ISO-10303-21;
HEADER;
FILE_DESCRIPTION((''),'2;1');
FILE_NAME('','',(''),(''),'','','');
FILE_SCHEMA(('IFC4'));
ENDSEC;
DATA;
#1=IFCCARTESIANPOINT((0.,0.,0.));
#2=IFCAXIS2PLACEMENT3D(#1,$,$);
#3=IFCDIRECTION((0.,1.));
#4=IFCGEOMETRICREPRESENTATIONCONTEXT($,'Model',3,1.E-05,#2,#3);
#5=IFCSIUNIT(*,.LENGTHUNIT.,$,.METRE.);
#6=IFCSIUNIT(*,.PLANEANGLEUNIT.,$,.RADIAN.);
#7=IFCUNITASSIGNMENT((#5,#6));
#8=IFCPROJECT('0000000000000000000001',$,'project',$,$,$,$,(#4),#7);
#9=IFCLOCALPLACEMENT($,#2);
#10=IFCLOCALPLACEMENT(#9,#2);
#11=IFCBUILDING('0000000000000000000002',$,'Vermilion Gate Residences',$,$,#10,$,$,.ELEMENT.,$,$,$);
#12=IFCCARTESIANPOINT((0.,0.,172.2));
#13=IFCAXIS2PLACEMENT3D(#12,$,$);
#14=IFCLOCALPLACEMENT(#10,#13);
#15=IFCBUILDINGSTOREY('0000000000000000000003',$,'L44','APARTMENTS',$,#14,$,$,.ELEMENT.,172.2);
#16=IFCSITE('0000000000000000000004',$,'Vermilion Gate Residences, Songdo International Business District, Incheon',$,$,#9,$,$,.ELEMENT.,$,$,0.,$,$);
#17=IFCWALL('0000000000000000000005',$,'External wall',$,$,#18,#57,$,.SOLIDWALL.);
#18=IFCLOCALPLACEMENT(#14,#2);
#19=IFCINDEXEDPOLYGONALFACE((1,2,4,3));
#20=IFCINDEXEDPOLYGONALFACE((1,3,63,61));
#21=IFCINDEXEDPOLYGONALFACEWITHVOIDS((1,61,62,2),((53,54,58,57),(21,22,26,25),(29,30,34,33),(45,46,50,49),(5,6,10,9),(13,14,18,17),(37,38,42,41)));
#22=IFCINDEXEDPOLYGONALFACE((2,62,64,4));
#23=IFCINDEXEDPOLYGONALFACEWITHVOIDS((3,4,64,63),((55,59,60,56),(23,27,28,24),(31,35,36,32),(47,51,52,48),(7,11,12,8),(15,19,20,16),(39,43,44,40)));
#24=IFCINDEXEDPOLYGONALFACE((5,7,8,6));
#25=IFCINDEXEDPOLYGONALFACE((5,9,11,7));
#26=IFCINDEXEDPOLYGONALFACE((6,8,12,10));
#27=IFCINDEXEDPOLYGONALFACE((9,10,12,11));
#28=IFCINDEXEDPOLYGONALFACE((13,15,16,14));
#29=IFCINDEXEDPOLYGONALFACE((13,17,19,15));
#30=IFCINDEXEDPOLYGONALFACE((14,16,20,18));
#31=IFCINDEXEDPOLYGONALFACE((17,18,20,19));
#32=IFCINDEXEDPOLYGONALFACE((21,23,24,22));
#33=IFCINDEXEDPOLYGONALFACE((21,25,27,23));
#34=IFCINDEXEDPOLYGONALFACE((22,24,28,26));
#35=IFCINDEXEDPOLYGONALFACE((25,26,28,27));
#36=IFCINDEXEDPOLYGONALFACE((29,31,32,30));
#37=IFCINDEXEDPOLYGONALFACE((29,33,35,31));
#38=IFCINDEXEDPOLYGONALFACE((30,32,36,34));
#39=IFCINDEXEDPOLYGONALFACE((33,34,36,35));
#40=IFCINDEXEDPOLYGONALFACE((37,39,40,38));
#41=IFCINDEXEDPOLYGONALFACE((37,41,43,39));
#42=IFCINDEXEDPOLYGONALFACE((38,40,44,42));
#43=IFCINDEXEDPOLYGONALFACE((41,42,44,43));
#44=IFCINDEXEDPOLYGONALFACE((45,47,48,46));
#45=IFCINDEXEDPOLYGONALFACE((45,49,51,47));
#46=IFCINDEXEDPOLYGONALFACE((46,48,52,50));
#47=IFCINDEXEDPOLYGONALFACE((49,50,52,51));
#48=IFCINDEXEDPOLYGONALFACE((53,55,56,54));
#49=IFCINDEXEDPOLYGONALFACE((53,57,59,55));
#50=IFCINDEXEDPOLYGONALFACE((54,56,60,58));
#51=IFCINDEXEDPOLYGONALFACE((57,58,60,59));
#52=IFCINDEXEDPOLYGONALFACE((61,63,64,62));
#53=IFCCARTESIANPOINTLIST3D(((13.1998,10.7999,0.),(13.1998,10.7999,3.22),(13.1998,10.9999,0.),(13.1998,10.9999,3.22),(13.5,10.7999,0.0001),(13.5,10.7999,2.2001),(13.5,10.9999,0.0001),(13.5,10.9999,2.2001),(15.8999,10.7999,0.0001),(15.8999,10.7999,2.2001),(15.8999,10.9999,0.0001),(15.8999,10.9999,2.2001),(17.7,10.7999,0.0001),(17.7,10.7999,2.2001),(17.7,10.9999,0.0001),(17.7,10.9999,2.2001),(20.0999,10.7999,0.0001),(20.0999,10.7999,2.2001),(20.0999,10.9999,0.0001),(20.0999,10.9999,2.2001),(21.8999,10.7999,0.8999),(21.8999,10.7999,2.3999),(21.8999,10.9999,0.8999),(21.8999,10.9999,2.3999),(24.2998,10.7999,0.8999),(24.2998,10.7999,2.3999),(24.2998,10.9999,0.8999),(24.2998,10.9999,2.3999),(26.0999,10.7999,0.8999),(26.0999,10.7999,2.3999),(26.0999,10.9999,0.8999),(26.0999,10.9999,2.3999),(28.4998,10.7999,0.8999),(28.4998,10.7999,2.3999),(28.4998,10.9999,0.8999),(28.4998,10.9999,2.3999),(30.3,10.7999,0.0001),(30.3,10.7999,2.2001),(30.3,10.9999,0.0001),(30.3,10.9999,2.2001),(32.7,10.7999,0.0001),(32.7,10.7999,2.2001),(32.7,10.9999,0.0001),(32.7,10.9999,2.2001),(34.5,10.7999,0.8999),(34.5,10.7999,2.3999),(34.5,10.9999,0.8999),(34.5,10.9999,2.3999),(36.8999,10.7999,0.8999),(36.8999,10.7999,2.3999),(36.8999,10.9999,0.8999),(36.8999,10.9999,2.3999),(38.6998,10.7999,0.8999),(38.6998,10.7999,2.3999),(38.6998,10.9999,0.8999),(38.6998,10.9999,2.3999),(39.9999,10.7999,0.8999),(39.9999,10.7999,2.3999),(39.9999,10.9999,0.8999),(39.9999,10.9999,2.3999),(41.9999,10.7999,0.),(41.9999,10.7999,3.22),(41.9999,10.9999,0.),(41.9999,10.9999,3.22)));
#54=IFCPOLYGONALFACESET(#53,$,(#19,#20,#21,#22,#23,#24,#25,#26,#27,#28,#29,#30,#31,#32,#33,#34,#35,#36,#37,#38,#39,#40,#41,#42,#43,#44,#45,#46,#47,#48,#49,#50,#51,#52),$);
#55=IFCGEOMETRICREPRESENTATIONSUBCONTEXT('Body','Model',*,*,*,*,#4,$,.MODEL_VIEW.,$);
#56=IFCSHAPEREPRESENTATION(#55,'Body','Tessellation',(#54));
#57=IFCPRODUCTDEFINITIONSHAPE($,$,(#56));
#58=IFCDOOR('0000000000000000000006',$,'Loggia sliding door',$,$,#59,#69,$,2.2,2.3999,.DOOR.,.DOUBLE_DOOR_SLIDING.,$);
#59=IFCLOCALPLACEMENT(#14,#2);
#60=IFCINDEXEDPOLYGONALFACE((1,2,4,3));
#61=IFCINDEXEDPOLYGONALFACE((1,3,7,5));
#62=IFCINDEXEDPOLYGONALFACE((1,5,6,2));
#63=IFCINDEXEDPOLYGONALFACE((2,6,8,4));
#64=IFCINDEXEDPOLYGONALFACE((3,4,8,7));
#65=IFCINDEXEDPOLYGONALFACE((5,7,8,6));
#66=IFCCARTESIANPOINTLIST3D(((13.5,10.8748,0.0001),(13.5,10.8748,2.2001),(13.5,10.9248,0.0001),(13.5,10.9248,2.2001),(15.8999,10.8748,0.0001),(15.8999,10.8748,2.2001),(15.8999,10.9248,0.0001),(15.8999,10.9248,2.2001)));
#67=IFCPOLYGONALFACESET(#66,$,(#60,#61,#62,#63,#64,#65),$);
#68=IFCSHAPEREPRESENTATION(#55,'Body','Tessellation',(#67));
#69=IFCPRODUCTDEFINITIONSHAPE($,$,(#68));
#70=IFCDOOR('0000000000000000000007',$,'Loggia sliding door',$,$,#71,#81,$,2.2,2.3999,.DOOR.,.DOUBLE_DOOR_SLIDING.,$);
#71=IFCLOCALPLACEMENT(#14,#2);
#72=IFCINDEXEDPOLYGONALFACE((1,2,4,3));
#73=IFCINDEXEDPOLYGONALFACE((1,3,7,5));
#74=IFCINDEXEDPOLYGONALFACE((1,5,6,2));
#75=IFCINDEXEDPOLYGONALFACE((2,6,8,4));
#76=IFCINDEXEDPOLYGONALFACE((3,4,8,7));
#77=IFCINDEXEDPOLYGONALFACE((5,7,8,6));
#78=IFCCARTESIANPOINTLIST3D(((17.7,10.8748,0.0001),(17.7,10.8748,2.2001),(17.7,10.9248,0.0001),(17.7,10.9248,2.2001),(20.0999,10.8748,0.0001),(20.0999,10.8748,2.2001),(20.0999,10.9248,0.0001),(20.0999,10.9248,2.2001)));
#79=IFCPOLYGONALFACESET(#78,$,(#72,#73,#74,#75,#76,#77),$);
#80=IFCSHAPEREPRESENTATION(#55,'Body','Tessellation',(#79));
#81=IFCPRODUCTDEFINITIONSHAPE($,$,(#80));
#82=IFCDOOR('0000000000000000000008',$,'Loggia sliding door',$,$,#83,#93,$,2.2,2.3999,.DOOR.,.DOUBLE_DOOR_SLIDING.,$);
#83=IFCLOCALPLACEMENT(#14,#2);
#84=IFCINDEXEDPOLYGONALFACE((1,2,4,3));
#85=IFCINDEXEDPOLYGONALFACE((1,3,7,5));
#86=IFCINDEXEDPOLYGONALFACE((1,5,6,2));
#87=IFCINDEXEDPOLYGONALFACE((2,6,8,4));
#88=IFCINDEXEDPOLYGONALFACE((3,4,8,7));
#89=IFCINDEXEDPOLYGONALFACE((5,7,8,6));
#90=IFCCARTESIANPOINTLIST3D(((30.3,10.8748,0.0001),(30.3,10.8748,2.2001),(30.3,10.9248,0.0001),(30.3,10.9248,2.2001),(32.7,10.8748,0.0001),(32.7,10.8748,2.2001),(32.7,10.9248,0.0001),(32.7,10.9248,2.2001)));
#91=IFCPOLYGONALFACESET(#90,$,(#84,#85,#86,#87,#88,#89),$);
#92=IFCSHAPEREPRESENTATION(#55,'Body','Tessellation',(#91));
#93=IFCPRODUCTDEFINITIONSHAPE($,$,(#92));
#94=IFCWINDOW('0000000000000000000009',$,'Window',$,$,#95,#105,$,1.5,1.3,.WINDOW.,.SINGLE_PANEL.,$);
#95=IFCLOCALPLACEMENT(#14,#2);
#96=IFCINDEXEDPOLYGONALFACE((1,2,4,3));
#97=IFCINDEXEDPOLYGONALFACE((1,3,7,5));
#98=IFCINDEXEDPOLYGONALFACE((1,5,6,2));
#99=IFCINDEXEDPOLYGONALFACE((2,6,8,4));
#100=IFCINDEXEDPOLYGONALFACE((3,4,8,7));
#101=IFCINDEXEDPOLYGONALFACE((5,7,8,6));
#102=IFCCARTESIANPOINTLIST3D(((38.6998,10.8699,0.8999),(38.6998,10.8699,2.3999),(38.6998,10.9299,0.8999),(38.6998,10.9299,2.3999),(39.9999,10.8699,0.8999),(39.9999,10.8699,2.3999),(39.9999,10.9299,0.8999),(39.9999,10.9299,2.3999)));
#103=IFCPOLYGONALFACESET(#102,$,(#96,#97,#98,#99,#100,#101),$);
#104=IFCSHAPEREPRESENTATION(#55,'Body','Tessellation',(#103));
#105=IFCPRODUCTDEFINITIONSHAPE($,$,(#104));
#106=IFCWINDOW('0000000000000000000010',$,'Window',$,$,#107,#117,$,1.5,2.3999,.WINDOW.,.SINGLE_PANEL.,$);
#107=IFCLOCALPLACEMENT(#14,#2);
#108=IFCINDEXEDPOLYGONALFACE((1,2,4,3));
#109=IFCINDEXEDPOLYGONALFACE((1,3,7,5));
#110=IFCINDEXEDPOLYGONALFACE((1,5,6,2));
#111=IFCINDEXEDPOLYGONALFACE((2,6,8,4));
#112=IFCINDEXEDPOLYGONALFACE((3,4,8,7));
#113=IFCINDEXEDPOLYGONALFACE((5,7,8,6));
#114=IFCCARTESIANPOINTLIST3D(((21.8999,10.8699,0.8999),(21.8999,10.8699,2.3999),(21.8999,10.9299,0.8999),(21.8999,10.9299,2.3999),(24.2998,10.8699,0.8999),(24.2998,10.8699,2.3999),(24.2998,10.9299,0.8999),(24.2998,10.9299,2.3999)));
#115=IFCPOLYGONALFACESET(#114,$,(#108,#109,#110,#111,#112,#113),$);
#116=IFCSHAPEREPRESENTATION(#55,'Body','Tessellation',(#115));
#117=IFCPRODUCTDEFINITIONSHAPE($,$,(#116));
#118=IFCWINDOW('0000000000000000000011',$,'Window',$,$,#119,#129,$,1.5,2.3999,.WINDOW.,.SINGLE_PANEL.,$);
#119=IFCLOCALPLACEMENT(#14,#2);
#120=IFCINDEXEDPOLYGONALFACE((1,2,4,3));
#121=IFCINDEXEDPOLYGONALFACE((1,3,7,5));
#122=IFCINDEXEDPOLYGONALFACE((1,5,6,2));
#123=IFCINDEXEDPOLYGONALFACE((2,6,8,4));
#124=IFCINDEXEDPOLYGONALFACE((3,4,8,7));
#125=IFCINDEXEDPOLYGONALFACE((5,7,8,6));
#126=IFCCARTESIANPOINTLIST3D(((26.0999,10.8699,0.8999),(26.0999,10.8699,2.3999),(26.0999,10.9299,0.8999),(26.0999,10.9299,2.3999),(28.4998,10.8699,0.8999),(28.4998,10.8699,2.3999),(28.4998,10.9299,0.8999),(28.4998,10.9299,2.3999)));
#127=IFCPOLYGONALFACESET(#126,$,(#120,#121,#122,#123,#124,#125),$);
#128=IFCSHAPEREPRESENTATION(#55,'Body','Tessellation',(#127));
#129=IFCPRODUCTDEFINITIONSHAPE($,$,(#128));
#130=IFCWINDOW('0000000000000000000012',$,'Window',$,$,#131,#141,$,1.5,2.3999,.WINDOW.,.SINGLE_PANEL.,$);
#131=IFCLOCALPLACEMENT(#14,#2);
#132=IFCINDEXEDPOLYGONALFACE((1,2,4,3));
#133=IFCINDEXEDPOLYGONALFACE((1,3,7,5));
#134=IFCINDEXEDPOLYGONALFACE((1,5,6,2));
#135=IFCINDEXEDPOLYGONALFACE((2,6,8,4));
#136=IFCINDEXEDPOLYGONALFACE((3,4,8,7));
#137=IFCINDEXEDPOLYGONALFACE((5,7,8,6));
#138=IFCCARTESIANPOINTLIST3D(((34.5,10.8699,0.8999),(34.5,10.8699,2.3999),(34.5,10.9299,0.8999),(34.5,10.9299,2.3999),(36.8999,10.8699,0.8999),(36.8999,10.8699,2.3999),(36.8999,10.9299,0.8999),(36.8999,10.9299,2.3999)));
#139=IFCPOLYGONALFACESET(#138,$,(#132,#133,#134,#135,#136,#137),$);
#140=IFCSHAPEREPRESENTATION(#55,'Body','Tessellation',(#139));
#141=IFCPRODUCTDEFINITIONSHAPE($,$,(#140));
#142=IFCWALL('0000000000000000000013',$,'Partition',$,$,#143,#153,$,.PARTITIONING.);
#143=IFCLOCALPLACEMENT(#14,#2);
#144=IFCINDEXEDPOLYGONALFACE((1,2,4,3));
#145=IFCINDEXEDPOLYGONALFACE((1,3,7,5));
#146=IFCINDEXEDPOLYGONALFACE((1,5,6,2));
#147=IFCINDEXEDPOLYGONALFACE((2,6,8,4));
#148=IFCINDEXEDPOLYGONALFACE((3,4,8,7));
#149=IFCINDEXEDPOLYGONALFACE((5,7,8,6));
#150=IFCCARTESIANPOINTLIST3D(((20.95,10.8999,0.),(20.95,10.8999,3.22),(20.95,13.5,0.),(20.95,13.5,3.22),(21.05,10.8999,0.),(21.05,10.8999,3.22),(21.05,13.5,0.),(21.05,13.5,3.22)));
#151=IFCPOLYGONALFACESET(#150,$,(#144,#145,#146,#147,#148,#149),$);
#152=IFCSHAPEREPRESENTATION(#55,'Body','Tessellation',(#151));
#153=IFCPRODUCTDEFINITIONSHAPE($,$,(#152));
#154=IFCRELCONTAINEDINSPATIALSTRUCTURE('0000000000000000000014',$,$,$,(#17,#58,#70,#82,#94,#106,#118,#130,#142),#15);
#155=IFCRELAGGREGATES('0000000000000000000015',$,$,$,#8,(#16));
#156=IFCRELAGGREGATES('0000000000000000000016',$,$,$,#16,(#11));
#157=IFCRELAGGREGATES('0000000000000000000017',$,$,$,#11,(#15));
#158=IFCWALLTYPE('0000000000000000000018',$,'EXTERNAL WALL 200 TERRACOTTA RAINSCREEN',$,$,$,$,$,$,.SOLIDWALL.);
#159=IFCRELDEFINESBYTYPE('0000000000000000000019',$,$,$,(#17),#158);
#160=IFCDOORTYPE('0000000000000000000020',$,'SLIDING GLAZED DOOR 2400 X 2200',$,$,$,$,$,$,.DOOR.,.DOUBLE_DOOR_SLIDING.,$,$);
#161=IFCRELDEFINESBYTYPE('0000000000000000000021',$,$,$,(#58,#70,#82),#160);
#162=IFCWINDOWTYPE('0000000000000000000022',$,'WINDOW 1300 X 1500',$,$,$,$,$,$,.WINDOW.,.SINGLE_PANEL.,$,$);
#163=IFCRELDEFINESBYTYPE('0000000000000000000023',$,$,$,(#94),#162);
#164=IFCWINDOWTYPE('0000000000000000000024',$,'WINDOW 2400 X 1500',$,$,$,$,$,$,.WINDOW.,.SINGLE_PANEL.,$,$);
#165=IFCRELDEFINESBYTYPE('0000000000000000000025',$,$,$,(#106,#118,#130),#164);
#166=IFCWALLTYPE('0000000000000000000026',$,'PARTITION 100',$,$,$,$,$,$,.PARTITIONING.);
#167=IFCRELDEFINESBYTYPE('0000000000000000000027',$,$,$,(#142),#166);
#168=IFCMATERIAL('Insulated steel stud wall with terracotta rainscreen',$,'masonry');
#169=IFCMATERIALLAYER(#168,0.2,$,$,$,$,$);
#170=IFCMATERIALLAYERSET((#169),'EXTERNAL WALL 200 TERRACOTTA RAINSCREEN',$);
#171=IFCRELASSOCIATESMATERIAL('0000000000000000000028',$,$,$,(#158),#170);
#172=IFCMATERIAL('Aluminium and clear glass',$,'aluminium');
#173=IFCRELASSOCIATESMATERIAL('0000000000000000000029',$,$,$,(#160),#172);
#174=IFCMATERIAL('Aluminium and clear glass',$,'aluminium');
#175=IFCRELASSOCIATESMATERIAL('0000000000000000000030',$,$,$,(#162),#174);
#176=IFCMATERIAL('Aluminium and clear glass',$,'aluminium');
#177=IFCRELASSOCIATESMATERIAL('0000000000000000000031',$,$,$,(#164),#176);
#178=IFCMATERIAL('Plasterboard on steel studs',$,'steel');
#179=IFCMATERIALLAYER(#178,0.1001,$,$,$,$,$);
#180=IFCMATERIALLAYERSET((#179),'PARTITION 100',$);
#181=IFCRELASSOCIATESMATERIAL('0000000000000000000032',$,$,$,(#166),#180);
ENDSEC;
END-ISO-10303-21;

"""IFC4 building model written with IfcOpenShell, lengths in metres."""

from ifc_helpers import new_model, si_unit, direction, frame, frame_2d, origin, place, context, subcontext, project, spatial, rectangle, extrude, material, layer, layer_set, type_object, element, fill, save


model = new_model("IFC4")

# Units and contexts
model_context = context("Model", 3, precision=1e-05, world=origin(), true_north=direction((0.0, 1.0)))
body_context = subcontext(model_context, "Body", "Model", "MODEL_VIEW")
ifc_project = project(units=[si_unit("LENGTHUNIT", "METRE"), si_unit("PLANEANGLEUNIT", "RADIAN")], contexts=[model_context])

# Site, building, storey
site_placement = place(None, origin())
site = spatial("IfcSite", under=ifc_project, at=site_placement, Name="Vermilion Gate Residences, Songdo International Business District, Incheon", CompositionType="ELEMENT", RefElevation=0.0)
building_placement = place(site_placement, origin())
building = spatial("IfcBuilding", under=site, at=building_placement, Name="Vermilion Gate Residences", CompositionType="ELEMENT")
storey_placement = place(building_placement, frame((0.0, 0.0, 172.2)))
storey = spatial("IfcBuildingStorey", under=building, at=storey_placement, Name="L44", Description="APARTMENTS", CompositionType="ELEMENT", Elevation=172.2)

# Shared definitions
ifc_material_1 = material(Name="Insulated steel stud wall with terracotta rainscreen", Category="masonry")
ifc_layer_1 = layer(ifc_material_1, 0.2)
ifc_layer_set_1 = layer_set([ifc_layer_1], Name="EXTERNAL WALL 200 TERRACOTTA RAINSCREEN")
wall_type_1 = type_object("IfcWallType", Name="EXTERNAL WALL 200 TERRACOTTA RAINSCREEN", PredefinedType="SOLIDWALL", material=ifc_layer_set_1)

# Wall, openings, doors, windows
wall_1_placement = place(storey_placement, frame((13.2, 10.8999, 0.0), z_axis=(0.0, 0.0, 1.0), x_axis=(1.0, 0.0, 0.0)))
wall_1 = element("IfcWall", 1, at=wall_1_placement, inside=storey, type_object=wall_type_1, Name="External wall", PredefinedType="SOLIDWALL", context=body_context, shape_type="SweptSolid", body=[
    extrude(rectangle(XDim=28.8, YDim=0.2, at=frame_2d((14.3999, 0.0))), origin(), (0.0, 0.0, 1.0), 3.22),
])
opening_1_placement = place(wall_1_placement, frame((0.3, 0.0, 0.0)))
opening_1 = element("IfcOpeningElement", 2, at=opening_1_placement, cuts=wall_1, PredefinedType="OPENING", context=body_context, shape_type="SweptSolid", body=[
    extrude(rectangle(XDim=2.3999, YDim=2.2, at=frame_2d((1.2, 1.1001))), frame((0.0, 0.1099, 0.0), z_axis=(0.0, -1.0, 0.0), x_axis=(1.0, 0.0, 0.0)), (0.0, 0.0, 1.0), 0.22),
])
opening_2_placement = place(wall_1_placement, frame((4.5, 0.0, 0.0)))
opening_2 = element("IfcOpeningElement", 3, at=opening_2_placement, cuts=wall_1, PredefinedType="OPENING", context=body_context, shape_type="SweptSolid", body=[
    extrude(rectangle(XDim=2.3999, YDim=2.2, at=frame_2d((1.2, 1.1001))), frame((0.0, 0.1099, 0.0), z_axis=(0.0, -1.0, 0.0), x_axis=(1.0, 0.0, 0.0)), (0.0, 0.0, 1.0), 0.22),
])
opening_3_placement = place(wall_1_placement, frame((8.7, 0.0, 0.8999)))
opening_3 = element("IfcOpeningElement", 4, at=opening_3_placement, cuts=wall_1, PredefinedType="OPENING", context=body_context, shape_type="SweptSolid", body=[
    extrude(rectangle(XDim=2.3999, YDim=1.5, at=frame_2d((1.2, 0.75))), frame((0.0, 0.1099, 0.0), z_axis=(0.0, -1.0, 0.0), x_axis=(1.0, 0.0, 0.0)), (0.0, 0.0, 1.0), 0.22),
])
opening_4_placement = place(wall_1_placement, frame((12.8999, 0.0, 0.8999)))
opening_4 = element("IfcOpeningElement", 5, at=opening_4_placement, cuts=wall_1, PredefinedType="OPENING", context=body_context, shape_type="SweptSolid", body=[
    extrude(rectangle(XDim=2.3999, YDim=1.5, at=frame_2d((1.2, 0.75))), frame((0.0, 0.1099, 0.0), z_axis=(0.0, -1.0, 0.0), x_axis=(1.0, 0.0, 0.0)), (0.0, 0.0, 1.0), 0.22),
])
opening_5_placement = place(wall_1_placement, frame((17.1001, 0.0, 0.0)))
opening_5 = element("IfcOpeningElement", 6, at=opening_5_placement, cuts=wall_1, PredefinedType="OPENING", context=body_context, shape_type="SweptSolid", body=[
    extrude(rectangle(XDim=2.3999, YDim=2.2, at=frame_2d((1.2, 1.1001))), frame((0.0, 0.1099, 0.0), z_axis=(0.0, -1.0, 0.0), x_axis=(1.0, 0.0, 0.0)), (0.0, 0.0, 1.0), 0.22),
])
opening_6_placement = place(wall_1_placement, frame((21.3, 0.0, 0.8999)))
opening_6 = element("IfcOpeningElement", 7, at=opening_6_placement, cuts=wall_1, PredefinedType="OPENING", context=body_context, shape_type="SweptSolid", body=[
    extrude(rectangle(XDim=2.3999, YDim=1.5, at=frame_2d((1.2, 0.75))), frame((0.0, 0.1099, 0.0), z_axis=(0.0, -1.0, 0.0), x_axis=(1.0, 0.0, 0.0)), (0.0, 0.0, 1.0), 0.22),
])
opening_7_placement = place(wall_1_placement, frame((25.5, 0.0, 0.8999)))
opening_7 = element("IfcOpeningElement", 8, at=opening_7_placement, cuts=wall_1, PredefinedType="OPENING", context=body_context, shape_type="SweptSolid", body=[
    extrude(rectangle(XDim=1.3, YDim=1.5, at=frame_2d((0.6499, 0.75))), frame((0.0, 0.1099, 0.0), z_axis=(0.0, -1.0, 0.0), x_axis=(1.0, 0.0, 0.0)), (0.0, 0.0, 1.0), 0.22),
])
ifc_material_2 = material(Name="Aluminium and clear glass", Category="aluminium")
door_type_1 = type_object("IfcDoorType", Name="SLIDING GLAZED DOOR 2400 X 2200", OperationType="DOUBLE_DOOR_SLIDING", PredefinedType="DOOR", material=ifc_material_2)
door_1_placement = place(opening_1_placement, origin())
door_1 = element("IfcDoor", 9, at=door_1_placement, inside=storey, type_object=door_type_1, Name="Loggia sliding door", OperationType="DOUBLE_DOOR_SLIDING", OverallHeight=2.2, OverallWidth=2.3999, PredefinedType="DOOR", context=body_context, shape_type="SweptSolid", body=[
    extrude(rectangle(XDim=2.3999, YDim=2.2, at=frame_2d((1.2, 1.1001))), frame((0.0, 0.0249, 0.0), z_axis=(0.0, -1.0, 0.0), x_axis=(1.0, 0.0, 0.0)), (0.0, 0.0, 1.0), 0.05),
])
fill(opening_1, door_1)
door_2_placement = place(opening_2_placement, origin())
door_2 = element("IfcDoor", 10, at=door_2_placement, inside=storey, type_object=door_type_1, Name="Loggia sliding door", OperationType="DOUBLE_DOOR_SLIDING", OverallHeight=2.2, OverallWidth=2.3999, PredefinedType="DOOR", context=body_context, shape_type="SweptSolid", body=[
    extrude(rectangle(XDim=2.3999, YDim=2.2, at=frame_2d((1.2, 1.1001))), frame((0.0, 0.0249, 0.0), z_axis=(0.0, -1.0, 0.0), x_axis=(1.0, 0.0, 0.0)), (0.0, 0.0, 1.0), 0.05),
])
fill(opening_2, door_2)
door_3_placement = place(opening_5_placement, origin())
door_3 = element("IfcDoor", 11, at=door_3_placement, inside=storey, type_object=door_type_1, Name="Loggia sliding door", OperationType="DOUBLE_DOOR_SLIDING", OverallHeight=2.2, OverallWidth=2.3999, PredefinedType="DOOR", context=body_context, shape_type="SweptSolid", body=[
    extrude(rectangle(XDim=2.3999, YDim=2.2, at=frame_2d((1.2, 1.1001))), frame((0.0, 0.0249, 0.0), z_axis=(0.0, -1.0, 0.0), x_axis=(1.0, 0.0, 0.0)), (0.0, 0.0, 1.0), 0.05),
])
fill(opening_5, door_3)
ifc_material_3 = material(Name="Aluminium and clear glass", Category="aluminium")
window_type_1 = type_object("IfcWindowType", Name="WINDOW 1300 X 1500", PartitioningType="SINGLE_PANEL", PredefinedType="WINDOW", material=ifc_material_3)
window_1_placement = place(opening_7_placement, origin())
window_1 = element("IfcWindow", 12, at=window_1_placement, inside=storey, type_object=window_type_1, Name="Window", OverallHeight=1.5, OverallWidth=1.3, PartitioningType="SINGLE_PANEL", PredefinedType="WINDOW", context=body_context, shape_type="SweptSolid", body=[
    extrude(rectangle(XDim=1.3, YDim=1.5, at=frame_2d((0.6499, 0.75))), frame((0.0, 0.03, 0.0), z_axis=(0.0, -1.0, 0.0), x_axis=(1.0, 0.0, 0.0)), (0.0, 0.0, 1.0), 0.0601),
])
fill(opening_7, window_1)
ifc_material_4 = material(Name="Aluminium and clear glass", Category="aluminium")
window_type_2 = type_object("IfcWindowType", Name="WINDOW 2400 X 1500", PartitioningType="SINGLE_PANEL", PredefinedType="WINDOW", material=ifc_material_4)
window_2_placement = place(opening_3_placement, origin())
window_2 = element("IfcWindow", 13, at=window_2_placement, inside=storey, type_object=window_type_2, Name="Window", OverallHeight=1.5, OverallWidth=2.3999, PartitioningType="SINGLE_PANEL", PredefinedType="WINDOW", context=body_context, shape_type="SweptSolid", body=[
    extrude(rectangle(XDim=2.3999, YDim=1.5, at=frame_2d((1.2, 0.75))), frame((0.0, 0.03, 0.0), z_axis=(0.0, -1.0, 0.0), x_axis=(1.0, 0.0, 0.0)), (0.0, 0.0, 1.0), 0.0601),
])
fill(opening_3, window_2)
window_3_placement = place(opening_4_placement, origin())
window_3 = element("IfcWindow", 14, at=window_3_placement, inside=storey, type_object=window_type_2, Name="Window", OverallHeight=1.5, OverallWidth=2.3999, PartitioningType="SINGLE_PANEL", PredefinedType="WINDOW", context=body_context, shape_type="SweptSolid", body=[
    extrude(rectangle(XDim=2.3999, YDim=1.5, at=frame_2d((1.2, 0.75))), frame((0.0, 0.03, 0.0), z_axis=(0.0, -1.0, 0.0), x_axis=(1.0, 0.0, 0.0)), (0.0, 0.0, 1.0), 0.0601),
])
fill(opening_4, window_3)
window_4_placement = place(opening_6_placement, origin())
window_4 = element("IfcWindow", 15, at=window_4_placement, inside=storey, type_object=window_type_2, Name="Window", OverallHeight=1.5, OverallWidth=2.3999, PartitioningType="SINGLE_PANEL", PredefinedType="WINDOW", context=body_context, shape_type="SweptSolid", body=[
    extrude(rectangle(XDim=2.3999, YDim=1.5, at=frame_2d((1.2, 0.75))), frame((0.0, 0.03, 0.0), z_axis=(0.0, -1.0, 0.0), x_axis=(1.0, 0.0, 0.0)), (0.0, 0.0, 1.0), 0.0601),
])
fill(opening_6, window_4)

# Wall
ifc_material_5 = material(Name="Plasterboard on steel studs", Category="steel")
ifc_layer_2 = layer(ifc_material_5, 0.1001)
ifc_layer_set_2 = layer_set([ifc_layer_2], Name="PARTITION 100")
wall_type_2 = type_object("IfcWallType", Name="PARTITION 100", PredefinedType="PARTITIONING", material=ifc_layer_set_2)
wall_2_placement = place(storey_placement, frame((21.0, 10.8999, 0.0), z_axis=(0.0, 0.0, 1.0), x_axis=(0.0, 1.0, 0.0)))
element("IfcWall", 16, at=wall_2_placement, inside=storey, type_object=wall_type_2, Name="Partition", PredefinedType="PARTITIONING", context=body_context, shape_type="SweptSolid", body=[
    extrude(rectangle(XDim=2.6001, YDim=0.1001, at=frame_2d((1.3, 0.0))), origin(), (0.0, 0.0, 1.0), 3.22),
])

save(model, "model.ifc")
